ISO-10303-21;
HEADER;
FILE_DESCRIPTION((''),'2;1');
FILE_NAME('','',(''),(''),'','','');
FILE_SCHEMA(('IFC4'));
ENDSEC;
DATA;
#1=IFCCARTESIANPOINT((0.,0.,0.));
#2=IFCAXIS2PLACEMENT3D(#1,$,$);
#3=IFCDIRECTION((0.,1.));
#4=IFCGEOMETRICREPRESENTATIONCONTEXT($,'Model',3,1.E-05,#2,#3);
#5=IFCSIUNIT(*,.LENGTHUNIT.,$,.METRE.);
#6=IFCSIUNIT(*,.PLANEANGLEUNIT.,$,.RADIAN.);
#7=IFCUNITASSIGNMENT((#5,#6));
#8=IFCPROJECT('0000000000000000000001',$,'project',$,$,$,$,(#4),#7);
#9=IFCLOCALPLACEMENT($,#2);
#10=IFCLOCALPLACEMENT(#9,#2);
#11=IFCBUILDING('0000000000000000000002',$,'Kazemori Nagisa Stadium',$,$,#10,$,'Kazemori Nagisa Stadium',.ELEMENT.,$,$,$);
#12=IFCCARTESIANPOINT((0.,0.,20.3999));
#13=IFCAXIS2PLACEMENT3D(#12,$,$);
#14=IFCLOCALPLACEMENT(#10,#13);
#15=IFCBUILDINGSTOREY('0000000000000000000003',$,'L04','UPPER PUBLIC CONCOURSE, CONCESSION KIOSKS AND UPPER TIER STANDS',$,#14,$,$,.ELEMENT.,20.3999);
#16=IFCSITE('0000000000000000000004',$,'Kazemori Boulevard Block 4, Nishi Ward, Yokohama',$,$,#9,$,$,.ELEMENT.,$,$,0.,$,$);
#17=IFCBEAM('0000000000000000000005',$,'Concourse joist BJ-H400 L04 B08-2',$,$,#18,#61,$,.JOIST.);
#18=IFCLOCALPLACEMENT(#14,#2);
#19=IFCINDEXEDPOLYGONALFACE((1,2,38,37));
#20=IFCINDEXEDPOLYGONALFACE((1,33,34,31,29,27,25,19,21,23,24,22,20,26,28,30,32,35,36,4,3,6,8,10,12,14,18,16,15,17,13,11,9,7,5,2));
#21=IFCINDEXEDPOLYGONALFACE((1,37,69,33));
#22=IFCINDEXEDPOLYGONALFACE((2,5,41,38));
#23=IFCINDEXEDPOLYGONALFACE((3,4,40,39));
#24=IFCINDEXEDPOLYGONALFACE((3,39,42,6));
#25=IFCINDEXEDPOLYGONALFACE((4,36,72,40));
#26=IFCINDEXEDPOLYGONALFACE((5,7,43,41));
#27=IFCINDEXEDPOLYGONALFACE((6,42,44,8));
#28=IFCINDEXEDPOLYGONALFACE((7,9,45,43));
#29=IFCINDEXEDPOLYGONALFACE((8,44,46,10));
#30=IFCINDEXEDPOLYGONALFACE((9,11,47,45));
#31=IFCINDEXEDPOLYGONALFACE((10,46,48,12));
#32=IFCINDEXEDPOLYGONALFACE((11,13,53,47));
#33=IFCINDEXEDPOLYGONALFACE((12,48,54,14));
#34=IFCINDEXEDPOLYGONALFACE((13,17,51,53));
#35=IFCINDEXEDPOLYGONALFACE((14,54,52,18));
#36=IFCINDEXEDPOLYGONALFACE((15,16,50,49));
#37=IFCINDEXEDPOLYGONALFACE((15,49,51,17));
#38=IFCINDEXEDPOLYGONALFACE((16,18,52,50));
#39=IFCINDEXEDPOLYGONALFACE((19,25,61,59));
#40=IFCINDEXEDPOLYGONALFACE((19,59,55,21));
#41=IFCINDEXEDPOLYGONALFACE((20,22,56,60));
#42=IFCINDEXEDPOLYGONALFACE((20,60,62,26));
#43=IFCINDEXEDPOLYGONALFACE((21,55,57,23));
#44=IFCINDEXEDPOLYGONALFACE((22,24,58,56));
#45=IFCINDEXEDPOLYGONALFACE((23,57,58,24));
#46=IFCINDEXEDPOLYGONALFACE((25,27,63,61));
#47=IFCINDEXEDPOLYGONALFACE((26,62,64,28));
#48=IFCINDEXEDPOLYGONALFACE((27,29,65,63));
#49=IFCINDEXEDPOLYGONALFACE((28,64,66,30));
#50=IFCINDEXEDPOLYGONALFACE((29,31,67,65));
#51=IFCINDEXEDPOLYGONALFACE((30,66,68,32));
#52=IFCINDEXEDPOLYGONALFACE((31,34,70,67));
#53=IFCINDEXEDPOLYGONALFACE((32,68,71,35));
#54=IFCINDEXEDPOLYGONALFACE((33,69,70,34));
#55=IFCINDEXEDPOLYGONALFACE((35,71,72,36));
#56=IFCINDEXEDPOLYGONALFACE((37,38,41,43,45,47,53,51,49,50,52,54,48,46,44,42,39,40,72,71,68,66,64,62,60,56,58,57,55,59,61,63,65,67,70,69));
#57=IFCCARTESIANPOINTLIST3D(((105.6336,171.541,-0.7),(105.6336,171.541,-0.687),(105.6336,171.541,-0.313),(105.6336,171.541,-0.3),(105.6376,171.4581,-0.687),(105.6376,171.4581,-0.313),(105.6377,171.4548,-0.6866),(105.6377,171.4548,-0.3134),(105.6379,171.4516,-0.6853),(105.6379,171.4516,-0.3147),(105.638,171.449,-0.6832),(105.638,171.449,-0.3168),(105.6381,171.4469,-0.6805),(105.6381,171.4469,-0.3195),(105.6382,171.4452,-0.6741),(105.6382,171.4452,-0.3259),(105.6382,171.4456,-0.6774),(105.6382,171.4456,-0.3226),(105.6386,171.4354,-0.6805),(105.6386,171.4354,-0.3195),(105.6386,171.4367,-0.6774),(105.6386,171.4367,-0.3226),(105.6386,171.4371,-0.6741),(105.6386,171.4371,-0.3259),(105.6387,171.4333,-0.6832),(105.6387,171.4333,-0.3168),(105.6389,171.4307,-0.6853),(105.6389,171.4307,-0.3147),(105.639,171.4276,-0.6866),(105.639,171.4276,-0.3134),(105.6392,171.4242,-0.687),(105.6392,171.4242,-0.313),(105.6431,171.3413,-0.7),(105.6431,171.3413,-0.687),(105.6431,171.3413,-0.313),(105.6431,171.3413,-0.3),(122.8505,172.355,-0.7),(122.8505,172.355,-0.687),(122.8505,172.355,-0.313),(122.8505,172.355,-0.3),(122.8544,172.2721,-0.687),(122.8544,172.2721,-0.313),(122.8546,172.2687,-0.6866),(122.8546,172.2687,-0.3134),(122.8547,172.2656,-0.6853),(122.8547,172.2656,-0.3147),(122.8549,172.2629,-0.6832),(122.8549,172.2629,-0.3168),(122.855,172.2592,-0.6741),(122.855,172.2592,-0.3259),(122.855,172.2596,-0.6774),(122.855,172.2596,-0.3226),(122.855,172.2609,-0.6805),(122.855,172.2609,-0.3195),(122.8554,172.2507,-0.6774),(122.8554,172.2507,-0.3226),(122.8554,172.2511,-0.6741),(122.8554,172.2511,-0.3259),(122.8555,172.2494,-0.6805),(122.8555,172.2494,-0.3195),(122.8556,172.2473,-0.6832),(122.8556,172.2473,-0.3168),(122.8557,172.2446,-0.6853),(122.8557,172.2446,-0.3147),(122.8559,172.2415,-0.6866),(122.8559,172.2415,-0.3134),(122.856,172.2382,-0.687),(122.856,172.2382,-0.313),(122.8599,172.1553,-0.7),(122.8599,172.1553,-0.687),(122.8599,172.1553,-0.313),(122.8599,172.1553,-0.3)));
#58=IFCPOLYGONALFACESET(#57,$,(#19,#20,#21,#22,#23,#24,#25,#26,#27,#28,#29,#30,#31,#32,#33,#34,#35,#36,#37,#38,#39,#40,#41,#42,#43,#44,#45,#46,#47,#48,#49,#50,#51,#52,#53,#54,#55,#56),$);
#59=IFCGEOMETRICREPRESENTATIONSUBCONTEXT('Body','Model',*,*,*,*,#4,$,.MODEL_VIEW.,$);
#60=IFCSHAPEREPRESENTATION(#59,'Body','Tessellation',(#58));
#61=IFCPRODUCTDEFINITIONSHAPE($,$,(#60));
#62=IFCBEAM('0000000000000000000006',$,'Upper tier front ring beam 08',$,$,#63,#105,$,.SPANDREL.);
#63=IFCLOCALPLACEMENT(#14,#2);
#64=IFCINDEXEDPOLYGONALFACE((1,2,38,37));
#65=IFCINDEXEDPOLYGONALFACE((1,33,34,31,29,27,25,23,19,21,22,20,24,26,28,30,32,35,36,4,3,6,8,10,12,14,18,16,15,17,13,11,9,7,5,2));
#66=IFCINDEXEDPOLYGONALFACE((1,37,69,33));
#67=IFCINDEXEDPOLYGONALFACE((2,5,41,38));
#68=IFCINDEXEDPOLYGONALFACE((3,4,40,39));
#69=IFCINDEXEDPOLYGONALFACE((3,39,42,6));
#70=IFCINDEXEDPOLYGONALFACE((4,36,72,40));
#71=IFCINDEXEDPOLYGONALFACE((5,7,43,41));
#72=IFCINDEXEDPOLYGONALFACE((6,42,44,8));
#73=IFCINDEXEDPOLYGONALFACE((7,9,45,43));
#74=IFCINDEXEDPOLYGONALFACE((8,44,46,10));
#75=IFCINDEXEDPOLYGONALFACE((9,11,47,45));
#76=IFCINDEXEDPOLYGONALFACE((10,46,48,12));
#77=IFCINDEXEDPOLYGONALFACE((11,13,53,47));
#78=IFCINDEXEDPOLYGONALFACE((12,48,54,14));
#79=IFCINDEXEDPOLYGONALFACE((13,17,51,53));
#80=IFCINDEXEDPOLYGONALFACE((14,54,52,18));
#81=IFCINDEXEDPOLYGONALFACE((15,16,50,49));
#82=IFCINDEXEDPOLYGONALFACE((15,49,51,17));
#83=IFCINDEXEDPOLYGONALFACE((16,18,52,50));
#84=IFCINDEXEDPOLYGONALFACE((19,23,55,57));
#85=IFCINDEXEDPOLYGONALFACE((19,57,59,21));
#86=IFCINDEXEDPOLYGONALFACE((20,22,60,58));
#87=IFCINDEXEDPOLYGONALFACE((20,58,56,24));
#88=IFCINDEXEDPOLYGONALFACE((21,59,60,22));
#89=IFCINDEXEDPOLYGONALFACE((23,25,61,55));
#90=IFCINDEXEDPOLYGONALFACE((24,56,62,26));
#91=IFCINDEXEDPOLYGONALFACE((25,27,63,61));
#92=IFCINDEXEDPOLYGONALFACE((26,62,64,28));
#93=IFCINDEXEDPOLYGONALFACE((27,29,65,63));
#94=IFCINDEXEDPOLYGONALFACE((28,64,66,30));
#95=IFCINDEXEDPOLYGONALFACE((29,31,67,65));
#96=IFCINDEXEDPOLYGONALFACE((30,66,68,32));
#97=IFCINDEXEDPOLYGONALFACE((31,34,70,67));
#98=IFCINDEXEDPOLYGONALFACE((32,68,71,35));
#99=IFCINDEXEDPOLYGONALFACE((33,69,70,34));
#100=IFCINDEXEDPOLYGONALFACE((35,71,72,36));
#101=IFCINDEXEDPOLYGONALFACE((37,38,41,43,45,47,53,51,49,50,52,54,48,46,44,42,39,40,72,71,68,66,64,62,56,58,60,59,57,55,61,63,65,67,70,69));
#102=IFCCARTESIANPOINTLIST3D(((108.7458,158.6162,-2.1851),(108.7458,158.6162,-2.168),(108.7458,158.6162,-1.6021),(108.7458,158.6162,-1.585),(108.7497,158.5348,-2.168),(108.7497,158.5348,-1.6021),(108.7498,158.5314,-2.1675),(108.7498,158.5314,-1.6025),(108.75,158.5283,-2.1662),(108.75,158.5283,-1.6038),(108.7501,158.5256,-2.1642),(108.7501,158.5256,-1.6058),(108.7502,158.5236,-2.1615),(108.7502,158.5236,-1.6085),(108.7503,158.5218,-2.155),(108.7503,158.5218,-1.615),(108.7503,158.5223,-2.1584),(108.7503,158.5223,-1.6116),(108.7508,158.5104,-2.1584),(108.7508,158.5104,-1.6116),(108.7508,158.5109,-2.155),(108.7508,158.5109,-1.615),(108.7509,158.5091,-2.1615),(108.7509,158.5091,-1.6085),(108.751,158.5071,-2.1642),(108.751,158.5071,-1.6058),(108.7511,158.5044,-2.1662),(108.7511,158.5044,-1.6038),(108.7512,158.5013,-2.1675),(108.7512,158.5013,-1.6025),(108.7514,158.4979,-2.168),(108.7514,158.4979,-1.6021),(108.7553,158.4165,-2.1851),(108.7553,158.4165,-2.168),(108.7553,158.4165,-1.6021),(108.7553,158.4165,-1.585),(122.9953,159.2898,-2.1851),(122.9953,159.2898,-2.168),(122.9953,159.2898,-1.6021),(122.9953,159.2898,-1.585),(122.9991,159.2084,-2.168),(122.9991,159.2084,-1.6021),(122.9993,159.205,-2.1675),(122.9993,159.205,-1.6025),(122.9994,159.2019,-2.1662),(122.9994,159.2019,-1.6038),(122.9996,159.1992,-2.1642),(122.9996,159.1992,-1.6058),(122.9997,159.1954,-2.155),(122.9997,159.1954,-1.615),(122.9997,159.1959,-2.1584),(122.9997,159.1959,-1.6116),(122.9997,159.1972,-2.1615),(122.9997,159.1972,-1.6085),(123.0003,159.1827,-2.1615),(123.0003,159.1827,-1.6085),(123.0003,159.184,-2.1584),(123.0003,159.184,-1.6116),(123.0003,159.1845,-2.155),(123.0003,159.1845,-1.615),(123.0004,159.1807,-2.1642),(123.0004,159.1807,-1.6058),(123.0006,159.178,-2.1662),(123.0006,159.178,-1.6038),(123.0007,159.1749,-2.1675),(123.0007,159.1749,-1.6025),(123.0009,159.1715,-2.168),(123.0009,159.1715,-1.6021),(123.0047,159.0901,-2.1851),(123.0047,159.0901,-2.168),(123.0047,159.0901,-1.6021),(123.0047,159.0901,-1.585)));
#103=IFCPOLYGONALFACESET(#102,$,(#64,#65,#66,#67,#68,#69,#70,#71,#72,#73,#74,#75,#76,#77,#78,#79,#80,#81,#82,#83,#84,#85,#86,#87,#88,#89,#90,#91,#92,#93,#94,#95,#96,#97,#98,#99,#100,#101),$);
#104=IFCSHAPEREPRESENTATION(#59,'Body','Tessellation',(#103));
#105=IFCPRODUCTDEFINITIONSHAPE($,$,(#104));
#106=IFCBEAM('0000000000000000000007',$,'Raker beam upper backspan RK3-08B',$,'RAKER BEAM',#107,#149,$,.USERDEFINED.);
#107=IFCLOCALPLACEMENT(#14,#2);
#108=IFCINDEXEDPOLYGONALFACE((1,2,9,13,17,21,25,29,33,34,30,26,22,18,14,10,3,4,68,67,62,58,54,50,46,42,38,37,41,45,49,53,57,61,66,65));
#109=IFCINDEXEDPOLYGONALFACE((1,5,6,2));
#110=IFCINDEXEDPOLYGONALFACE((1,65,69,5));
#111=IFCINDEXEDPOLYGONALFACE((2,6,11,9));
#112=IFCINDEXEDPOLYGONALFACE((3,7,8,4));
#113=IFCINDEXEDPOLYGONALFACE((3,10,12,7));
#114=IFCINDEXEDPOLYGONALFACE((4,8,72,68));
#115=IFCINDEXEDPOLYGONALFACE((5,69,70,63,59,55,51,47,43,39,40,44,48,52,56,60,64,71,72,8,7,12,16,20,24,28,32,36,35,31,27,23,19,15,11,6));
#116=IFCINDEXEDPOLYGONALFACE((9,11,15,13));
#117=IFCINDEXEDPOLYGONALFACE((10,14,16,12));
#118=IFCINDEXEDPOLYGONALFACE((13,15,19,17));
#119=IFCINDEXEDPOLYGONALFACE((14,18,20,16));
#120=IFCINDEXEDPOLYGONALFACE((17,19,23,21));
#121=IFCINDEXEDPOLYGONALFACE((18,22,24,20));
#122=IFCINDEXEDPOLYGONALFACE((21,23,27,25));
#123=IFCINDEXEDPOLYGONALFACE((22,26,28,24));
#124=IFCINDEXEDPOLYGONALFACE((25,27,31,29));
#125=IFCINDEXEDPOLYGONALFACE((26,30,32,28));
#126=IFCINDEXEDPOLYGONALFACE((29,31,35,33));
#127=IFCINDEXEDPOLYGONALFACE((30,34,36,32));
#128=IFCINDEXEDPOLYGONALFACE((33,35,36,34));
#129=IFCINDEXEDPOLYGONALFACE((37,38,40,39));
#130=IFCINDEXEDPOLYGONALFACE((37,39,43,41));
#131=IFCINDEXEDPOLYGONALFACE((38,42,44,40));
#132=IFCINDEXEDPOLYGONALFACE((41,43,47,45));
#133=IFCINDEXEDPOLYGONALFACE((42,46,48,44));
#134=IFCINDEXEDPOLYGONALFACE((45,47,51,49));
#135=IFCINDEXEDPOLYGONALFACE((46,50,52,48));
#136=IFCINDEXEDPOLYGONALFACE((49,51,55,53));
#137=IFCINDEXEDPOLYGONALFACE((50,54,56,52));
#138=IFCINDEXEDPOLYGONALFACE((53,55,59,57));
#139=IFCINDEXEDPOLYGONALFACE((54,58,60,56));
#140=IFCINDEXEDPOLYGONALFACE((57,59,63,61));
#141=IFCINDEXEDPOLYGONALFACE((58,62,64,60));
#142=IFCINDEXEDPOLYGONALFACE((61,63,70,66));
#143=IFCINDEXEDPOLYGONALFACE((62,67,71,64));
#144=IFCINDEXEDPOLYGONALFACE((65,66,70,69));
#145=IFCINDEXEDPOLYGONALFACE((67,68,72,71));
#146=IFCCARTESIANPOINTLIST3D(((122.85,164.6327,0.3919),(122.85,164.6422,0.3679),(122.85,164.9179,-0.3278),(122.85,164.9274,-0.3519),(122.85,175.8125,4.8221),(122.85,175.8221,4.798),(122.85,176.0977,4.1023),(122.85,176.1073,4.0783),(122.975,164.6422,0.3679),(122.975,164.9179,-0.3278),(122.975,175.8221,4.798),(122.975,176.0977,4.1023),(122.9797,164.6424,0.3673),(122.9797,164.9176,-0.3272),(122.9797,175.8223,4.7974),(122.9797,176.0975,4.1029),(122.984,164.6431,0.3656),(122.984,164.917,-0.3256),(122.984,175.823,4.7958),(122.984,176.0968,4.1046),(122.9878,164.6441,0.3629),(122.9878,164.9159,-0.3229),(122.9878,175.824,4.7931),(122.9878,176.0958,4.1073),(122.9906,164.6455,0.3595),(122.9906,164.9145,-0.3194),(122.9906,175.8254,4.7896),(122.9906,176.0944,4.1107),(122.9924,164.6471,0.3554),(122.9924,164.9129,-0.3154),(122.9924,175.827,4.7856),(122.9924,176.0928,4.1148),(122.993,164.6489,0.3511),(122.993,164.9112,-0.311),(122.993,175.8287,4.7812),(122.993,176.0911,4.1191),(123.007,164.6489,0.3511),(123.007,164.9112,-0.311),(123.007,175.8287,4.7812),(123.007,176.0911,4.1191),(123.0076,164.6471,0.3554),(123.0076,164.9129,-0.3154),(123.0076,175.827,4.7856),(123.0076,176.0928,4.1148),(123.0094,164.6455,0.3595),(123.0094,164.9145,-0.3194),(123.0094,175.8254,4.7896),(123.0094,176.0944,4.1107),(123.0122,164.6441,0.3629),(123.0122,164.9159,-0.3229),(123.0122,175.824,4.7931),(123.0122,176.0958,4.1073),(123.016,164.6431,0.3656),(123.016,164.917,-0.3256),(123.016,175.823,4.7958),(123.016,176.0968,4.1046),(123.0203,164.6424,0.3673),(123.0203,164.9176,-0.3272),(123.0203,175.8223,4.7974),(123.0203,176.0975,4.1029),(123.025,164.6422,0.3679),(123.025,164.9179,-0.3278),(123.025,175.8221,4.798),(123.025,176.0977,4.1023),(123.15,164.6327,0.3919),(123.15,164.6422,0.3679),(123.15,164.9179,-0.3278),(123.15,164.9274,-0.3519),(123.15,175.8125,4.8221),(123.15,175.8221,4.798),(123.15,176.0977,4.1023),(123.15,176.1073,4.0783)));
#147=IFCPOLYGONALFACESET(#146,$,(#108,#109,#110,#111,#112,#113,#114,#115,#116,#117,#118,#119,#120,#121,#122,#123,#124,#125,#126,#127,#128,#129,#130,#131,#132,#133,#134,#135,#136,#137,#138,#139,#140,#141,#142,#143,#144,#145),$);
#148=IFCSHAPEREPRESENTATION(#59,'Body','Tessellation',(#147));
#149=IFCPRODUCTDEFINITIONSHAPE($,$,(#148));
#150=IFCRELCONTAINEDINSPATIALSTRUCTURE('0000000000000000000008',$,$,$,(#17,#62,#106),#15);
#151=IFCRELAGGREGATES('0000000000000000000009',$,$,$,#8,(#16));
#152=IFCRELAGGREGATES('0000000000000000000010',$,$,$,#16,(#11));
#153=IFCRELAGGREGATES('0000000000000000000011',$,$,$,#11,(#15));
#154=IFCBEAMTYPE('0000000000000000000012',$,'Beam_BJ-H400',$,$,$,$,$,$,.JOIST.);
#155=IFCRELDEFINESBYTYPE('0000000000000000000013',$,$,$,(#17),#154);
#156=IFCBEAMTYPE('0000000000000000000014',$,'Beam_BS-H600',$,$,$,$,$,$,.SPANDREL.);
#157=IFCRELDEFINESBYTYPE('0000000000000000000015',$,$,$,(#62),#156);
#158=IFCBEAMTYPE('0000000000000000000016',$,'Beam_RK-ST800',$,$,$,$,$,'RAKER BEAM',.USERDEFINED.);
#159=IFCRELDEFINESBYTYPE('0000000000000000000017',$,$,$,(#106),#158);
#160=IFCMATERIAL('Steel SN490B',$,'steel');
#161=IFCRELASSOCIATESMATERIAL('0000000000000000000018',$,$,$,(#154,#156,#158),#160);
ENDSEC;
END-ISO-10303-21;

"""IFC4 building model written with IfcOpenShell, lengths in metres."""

from ifc_helpers import new_model, si_unit, direction, frame, origin, origin_2d, place, context, subcontext, project, spatial, i_section, extrude, material, material_profile, profile_set, type_object, element, save


model = new_model("IFC4")

# Units and contexts
model_context = context("Model", 3, precision=1e-05, world=origin(), true_north=direction((0.0, 1.0)))
body_context = subcontext(model_context, "Body", "Model", "MODEL_VIEW")
ifc_project = project(units=[si_unit("LENGTHUNIT", "METRE"), si_unit("PLANEANGLEUNIT", "RADIAN")], contexts=[model_context])

# Site, building, storey
site_placement = place(None, origin())
site = spatial("IfcSite", under=ifc_project, at=site_placement, Name="Kazemori Boulevard Block 4, Nishi Ward, Yokohama", CompositionType="ELEMENT", RefElevation=0.0)
building_placement = place(site_placement, origin())
building = spatial("IfcBuilding", under=site, at=building_placement, Name="Kazemori Nagisa Stadium", LongName="Kazemori Nagisa Stadium", CompositionType="ELEMENT")
storey_placement = place(building_placement, frame((0.0, 0.0, 20.3999)))
storey = spatial("IfcBuildingStorey", under=building, at=storey_placement, Name="L04", Description="UPPER PUBLIC CONCOURSE, CONCESSION KIOSKS AND UPPER TIER STANDS", CompositionType="ELEMENT", Elevation=20.3999)

# Beams
ifc_material_1 = material(Name="Steel SN490B", Category="steel")
ifc_material_profile_1 = material_profile(ifc_material_1, i_section(OverallWidth=0.2, OverallDepth=0.3999, WebThickness=0.0081, FlangeThickness=0.0129, FilletRadius=0.0129, at=origin_2d()), Name="H-400x200x8x13")
ifc_profile_set_1 = profile_set([ifc_material_profile_1], Name="Steel SN490B")
beam_type_1 = type_object("IfcBeamType", Name="Beam_BJ-H400", PredefinedType="JOIST", material=ifc_profile_set_1)
beam_1_placement = place(storey_placement, frame((122.8552, 172.2551, -0.5), z_axis=(-0.998884, -0.047225, 0.0), x_axis=(0.047225, -0.998884, 0.0)))
element("IfcBeam", 1, at=beam_1_placement, inside=storey, type_object=beam_type_1, Name="Concourse joist BJ-H400 L04 B08-2", PredefinedType="JOIST", context=body_context, shape_type="SweptSolid", body=[
    extrude(i_section(OverallWidth=0.2, OverallDepth=0.3999, WebThickness=0.0081, FlangeThickness=0.0129, FilletRadius=0.0129, at=origin_2d()), origin(), (0.0, 0.0, 1.0), 17.2361),
])
ifc_material_profile_2 = material_profile(ifc_material_1, i_section(OverallWidth=0.2, OverallDepth=0.6001, WebThickness=0.011, FlangeThickness=0.0171, FilletRadius=0.0129, at=origin_2d()), Name="H-600x200x11x17")
ifc_profile_set_2 = profile_set([ifc_material_profile_2], Name="Steel SN490B")
beam_type_2 = type_object("IfcBeamType", Name="Beam_BS-H600", PredefinedType="SPANDREL", material=ifc_profile_set_2)
beam_2_placement = place(storey_placement, frame((123.0, 159.1899, -1.885), z_axis=(-0.998885, -0.047218, 0.0), x_axis=(0.047218, -0.998885, 0.0)))
element("IfcBeam", 2, at=beam_2_placement, inside=storey, type_object=beam_type_2, Name="Upper tier front ring beam 08", PredefinedType="SPANDREL", context=body_context, shape_type="SweptSolid", body=[
    extrude(i_section(OverallWidth=0.2, OverallDepth=0.6001, WebThickness=0.011, FlangeThickness=0.0171, FilletRadius=0.0129, at=origin_2d()), origin(), (0.0, 0.0, 1.0), 14.2654),
])
ifc_material_profile_3 = material_profile(ifc_material_1, i_section(OverallWidth=0.3, OverallDepth=0.8, WebThickness=0.0139, FlangeThickness=0.0259, FilletRadius=0.0181, at=origin_2d()), Name="H-800x300x14x26")
ifc_profile_set_3 = profile_set([ifc_material_profile_3], Name="Steel SN490B")
beam_type_3 = type_object("IfcBeamType", Name="Beam_RK-ST800", ElementType="RAKER BEAM", PredefinedType="USERDEFINED", material=ifc_profile_set_3)
beam_3_placement = place(storey_placement, frame((123.0, 164.78, 0.02), z_axis=(0.0, 0.92967, 0.368393), x_axis=(-1.0, 0.0, 0.0)))
element("IfcBeam", 3, at=beam_3_placement, inside=storey, type_object=beam_type_3, Name="Raker beam upper backspan RK3-08B", ObjectType="RAKER BEAM", PredefinedType="USERDEFINED", context=body_context, shape_type="SweptSolid", body=[
    extrude(i_section(OverallWidth=0.3, OverallDepth=0.8, WebThickness=0.0139, FlangeThickness=0.0259, FilletRadius=0.0181, at=origin_2d()), origin(), (0.0, 0.0, 1.0), 12.0256),
])

save(model, "model.ifc")
